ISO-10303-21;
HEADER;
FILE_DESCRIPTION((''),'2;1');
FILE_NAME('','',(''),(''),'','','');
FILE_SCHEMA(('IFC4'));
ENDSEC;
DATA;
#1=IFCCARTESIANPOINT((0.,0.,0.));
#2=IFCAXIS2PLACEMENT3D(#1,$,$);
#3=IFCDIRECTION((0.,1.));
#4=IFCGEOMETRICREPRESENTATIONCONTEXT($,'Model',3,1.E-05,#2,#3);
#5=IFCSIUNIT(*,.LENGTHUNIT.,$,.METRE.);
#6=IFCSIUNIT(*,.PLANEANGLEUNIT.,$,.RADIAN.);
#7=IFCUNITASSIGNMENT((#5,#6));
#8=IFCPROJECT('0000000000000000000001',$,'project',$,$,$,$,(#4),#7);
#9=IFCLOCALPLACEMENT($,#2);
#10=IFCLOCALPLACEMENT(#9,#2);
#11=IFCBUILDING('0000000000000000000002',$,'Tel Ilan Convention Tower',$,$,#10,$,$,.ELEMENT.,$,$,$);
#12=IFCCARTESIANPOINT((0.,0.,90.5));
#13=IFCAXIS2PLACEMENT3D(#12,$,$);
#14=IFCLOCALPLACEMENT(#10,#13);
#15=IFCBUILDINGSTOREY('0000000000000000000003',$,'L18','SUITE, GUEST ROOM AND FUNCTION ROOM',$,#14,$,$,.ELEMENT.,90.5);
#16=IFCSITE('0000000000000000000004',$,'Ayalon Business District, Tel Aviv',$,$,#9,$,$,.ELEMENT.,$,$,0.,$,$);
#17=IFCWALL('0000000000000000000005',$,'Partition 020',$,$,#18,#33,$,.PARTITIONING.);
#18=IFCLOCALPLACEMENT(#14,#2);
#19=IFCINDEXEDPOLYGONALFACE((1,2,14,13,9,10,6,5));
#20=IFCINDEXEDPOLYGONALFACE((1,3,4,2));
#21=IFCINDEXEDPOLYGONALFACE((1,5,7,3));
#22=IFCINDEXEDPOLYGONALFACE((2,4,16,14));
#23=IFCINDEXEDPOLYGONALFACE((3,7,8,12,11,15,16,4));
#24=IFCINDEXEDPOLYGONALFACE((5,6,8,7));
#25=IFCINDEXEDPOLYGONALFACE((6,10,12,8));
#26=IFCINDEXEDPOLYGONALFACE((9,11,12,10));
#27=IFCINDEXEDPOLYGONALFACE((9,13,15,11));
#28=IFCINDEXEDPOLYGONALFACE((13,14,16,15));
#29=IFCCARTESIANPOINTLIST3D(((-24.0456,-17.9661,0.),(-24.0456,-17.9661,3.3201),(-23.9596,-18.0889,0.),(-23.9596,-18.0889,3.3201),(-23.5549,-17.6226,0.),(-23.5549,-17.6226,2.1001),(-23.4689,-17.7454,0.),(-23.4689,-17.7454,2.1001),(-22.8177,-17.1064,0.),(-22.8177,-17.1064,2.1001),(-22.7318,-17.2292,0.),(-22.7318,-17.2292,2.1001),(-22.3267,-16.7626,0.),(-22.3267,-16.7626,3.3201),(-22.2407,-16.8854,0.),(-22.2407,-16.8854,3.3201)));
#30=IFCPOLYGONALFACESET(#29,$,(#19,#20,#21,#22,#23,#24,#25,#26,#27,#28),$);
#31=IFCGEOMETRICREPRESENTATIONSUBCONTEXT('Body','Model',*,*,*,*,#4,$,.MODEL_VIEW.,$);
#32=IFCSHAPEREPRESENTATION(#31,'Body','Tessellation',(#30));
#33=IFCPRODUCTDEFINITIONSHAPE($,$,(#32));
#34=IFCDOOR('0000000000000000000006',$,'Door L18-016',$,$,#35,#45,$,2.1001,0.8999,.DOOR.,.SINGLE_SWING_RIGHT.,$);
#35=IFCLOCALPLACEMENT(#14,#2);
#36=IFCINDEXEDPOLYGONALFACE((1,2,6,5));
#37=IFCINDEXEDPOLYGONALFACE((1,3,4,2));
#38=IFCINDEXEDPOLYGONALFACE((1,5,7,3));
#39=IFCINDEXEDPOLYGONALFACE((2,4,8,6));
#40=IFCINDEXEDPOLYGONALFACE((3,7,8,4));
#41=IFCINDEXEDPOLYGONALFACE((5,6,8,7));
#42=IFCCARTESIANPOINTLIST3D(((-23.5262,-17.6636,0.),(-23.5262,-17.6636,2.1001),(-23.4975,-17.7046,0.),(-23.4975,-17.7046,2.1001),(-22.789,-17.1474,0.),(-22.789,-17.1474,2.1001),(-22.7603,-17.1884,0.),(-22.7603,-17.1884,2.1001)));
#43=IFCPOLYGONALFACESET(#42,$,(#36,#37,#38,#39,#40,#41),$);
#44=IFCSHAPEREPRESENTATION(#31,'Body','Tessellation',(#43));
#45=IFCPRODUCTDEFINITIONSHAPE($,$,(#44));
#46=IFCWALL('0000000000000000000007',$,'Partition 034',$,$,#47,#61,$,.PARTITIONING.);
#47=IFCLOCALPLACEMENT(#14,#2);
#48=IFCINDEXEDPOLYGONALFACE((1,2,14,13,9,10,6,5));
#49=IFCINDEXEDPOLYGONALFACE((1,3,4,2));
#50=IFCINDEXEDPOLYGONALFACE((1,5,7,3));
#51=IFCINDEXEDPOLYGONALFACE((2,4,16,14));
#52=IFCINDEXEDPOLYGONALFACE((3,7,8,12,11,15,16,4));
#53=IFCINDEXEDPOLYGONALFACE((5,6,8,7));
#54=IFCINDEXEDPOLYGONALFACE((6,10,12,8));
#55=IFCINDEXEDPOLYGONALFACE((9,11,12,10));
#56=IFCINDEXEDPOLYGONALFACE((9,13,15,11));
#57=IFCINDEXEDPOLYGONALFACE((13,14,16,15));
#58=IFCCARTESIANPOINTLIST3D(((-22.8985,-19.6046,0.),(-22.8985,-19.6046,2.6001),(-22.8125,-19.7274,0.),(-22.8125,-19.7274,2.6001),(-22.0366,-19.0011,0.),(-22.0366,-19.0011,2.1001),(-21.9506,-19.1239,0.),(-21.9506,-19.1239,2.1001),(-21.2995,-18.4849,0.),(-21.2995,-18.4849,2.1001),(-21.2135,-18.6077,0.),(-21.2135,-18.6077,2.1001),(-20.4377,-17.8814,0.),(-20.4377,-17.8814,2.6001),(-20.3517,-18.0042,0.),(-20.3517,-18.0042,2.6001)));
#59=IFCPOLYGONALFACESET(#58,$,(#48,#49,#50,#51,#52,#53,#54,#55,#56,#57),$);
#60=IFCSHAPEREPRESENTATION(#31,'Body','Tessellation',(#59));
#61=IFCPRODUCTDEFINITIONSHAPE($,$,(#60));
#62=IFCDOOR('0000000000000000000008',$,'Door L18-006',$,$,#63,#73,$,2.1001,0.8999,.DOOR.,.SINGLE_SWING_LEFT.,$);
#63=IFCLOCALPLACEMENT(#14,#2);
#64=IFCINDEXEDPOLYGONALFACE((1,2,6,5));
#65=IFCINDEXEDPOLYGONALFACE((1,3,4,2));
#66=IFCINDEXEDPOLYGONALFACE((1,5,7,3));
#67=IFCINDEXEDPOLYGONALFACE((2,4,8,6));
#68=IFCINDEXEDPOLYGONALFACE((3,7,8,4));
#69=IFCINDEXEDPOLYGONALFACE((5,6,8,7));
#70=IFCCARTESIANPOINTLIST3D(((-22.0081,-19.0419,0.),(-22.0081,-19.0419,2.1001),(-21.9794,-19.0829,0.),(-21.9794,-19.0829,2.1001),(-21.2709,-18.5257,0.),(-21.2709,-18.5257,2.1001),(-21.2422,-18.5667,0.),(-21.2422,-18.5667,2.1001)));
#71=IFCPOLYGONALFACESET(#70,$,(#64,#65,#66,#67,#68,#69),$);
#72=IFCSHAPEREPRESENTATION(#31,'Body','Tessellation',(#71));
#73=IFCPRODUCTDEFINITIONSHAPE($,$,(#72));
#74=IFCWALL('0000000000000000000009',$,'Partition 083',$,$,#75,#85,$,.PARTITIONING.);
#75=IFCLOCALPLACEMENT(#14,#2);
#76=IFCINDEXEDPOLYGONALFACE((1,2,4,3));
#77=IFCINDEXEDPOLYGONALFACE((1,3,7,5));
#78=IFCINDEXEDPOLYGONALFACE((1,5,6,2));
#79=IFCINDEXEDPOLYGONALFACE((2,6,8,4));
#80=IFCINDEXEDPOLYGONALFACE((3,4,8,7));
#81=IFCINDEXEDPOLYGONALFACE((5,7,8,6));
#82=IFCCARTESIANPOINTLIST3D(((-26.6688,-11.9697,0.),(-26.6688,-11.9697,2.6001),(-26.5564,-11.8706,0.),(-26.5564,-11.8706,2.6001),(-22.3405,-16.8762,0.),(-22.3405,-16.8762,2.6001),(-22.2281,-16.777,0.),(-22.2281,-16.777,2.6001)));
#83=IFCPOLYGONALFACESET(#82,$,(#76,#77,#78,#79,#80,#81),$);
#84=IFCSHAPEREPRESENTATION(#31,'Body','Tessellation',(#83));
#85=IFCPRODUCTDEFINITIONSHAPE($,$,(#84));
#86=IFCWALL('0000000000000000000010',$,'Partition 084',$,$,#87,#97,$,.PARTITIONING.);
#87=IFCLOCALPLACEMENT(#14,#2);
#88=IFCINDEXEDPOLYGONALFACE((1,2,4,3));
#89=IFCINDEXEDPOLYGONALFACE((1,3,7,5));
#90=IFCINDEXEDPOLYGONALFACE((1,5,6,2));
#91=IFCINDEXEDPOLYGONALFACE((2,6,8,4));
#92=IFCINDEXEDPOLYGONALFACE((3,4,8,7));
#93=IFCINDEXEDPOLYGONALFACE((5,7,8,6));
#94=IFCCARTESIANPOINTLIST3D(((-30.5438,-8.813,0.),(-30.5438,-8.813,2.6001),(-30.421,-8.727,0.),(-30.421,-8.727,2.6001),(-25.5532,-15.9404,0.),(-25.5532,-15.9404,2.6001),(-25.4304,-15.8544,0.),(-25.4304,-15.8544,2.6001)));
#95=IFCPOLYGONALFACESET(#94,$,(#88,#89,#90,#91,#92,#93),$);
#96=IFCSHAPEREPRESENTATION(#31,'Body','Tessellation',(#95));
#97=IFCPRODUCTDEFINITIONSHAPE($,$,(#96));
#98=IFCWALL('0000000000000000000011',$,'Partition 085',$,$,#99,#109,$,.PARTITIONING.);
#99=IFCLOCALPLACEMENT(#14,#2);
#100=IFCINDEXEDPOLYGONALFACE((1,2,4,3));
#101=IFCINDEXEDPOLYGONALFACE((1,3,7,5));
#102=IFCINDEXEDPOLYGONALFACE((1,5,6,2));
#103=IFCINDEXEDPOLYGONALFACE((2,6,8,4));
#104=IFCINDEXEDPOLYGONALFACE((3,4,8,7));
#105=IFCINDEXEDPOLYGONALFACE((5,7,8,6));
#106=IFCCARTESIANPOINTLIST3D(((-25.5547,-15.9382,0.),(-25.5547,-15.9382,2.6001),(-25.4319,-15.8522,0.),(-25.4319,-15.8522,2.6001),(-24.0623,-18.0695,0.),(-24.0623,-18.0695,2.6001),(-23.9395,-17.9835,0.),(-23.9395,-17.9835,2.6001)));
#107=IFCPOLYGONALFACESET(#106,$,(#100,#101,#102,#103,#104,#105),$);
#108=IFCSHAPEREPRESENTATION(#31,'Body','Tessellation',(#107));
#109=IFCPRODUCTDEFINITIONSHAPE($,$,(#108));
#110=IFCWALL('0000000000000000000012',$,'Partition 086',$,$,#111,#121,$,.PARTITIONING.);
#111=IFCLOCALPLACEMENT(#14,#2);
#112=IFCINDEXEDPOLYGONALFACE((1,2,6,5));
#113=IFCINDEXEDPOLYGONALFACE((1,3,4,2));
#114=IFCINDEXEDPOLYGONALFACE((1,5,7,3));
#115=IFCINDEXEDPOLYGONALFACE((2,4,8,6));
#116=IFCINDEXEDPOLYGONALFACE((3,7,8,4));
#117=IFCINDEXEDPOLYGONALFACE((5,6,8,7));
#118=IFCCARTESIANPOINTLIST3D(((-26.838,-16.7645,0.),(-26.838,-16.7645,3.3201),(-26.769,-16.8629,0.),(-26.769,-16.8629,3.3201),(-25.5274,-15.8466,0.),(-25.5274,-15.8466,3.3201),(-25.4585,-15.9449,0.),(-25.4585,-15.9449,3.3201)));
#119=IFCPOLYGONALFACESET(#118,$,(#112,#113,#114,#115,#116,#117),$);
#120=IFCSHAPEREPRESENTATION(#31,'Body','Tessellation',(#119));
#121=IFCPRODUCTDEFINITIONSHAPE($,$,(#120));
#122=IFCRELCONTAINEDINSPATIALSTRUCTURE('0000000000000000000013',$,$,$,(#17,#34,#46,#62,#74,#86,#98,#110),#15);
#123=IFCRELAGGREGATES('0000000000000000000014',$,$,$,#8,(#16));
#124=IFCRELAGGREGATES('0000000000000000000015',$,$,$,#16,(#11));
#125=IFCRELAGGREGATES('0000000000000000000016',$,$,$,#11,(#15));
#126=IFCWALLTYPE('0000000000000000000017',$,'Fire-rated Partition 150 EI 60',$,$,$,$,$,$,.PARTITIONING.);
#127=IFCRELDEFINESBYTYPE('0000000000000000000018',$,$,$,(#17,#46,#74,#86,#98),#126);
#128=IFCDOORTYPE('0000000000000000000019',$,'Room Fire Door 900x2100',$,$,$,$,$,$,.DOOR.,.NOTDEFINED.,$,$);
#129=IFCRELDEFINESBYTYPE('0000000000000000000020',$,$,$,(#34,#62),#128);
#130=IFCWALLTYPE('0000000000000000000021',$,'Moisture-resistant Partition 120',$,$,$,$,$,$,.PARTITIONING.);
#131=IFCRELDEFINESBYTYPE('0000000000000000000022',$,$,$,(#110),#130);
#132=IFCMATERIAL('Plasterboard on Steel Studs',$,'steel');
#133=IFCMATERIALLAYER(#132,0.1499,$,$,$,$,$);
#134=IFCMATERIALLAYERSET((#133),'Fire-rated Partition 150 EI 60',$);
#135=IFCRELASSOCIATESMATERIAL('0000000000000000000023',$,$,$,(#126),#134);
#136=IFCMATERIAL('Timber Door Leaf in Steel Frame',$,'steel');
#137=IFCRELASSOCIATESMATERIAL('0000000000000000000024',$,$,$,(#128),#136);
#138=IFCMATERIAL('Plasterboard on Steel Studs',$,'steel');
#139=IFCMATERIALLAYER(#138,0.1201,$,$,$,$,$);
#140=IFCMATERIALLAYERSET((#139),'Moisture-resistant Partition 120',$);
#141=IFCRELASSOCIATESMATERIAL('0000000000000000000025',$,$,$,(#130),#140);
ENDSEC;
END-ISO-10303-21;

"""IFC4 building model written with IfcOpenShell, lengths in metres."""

from ifc_helpers import new_model, si_unit, direction, frame, frame_2d, origin, place, context, subcontext, project, spatial, rectangle, extrude, material, layer, layer_set, type_object, element, fill, save


model = new_model("IFC4")

# Units and contexts
model_context = context("Model", 3, precision=1e-05, world=origin(), true_north=direction((0.0, 1.0)))
body_context = subcontext(model_context, "Body", "Model", "MODEL_VIEW")
ifc_project = project(units=[si_unit("LENGTHUNIT", "METRE"), si_unit("PLANEANGLEUNIT", "RADIAN")], contexts=[model_context])

# Site, building, storey
site_placement = place(None, origin())
site = spatial("IfcSite", under=ifc_project, at=site_placement, Name="Ayalon Business District, Tel Aviv", CompositionType="ELEMENT", RefElevation=0.0)
building_placement = place(site_placement, origin())
building = spatial("IfcBuilding", under=site, at=building_placement, Name="Tel Ilan Convention Tower", CompositionType="ELEMENT")
storey_placement = place(building_placement, frame((0.0, 0.0, 90.5)))
storey = spatial("IfcBuildingStorey", under=building, at=storey_placement, Name="L18", Description="SUITE, GUEST ROOM AND FUNCTION ROOM", CompositionType="ELEMENT", Elevation=90.5)

# Walls, openings, doors
ifc_material_1 = material(Name="Plasterboard on Steel Studs", Category="steel")
ifc_layer_1 = layer(ifc_material_1, 0.1499)
ifc_layer_set_1 = layer_set([ifc_layer_1], Name="Fire-rated Partition 150 EI 60")
wall_type_1 = type_object("IfcWallType", Name="Fire-rated Partition 150 EI 60", PredefinedType="PARTITIONING", material=ifc_layer_set_1)
wall_1_placement = place(storey_placement, frame((-24.0027, -18.0276, 0.0), z_axis=(0.0, 0.0, 1.0), x_axis=(0.819161, 0.573564, 0.0)))
wall_1 = element("IfcWall", 1, at=wall_1_placement, inside=storey, type_object=wall_type_1, Name="Partition 020", PredefinedType="PARTITIONING", context=body_context, shape_type="SweptSolid", body=[
    extrude(rectangle(XDim=2.0984, YDim=0.1499, at=frame_2d((1.0493, 0.0))), origin(), (0.0, 0.0, 1.0), 3.3201),
])
opening_1_placement = place(wall_1_placement, frame((0.5991, 0.0, 0.0)))
opening_1 = element("IfcOpeningElement", 2, at=opening_1_placement, cuts=wall_1, PredefinedType="OPENING", context=body_context, shape_type="SweptSolid", body=[
    extrude(rectangle(XDim=0.8999, YDim=2.1001, at=frame_2d((0.45, 1.05))), frame((0.0, 0.085, 0.0), z_axis=(0.0, -1.0, 0.0), x_axis=(1.0, 0.0, 0.0)), (0.0, 0.0, 1.0), 0.1699),
])
ifc_material_2 = material(Name="Timber Door Leaf in Steel Frame", Category="steel")
door_type_1 = type_object("IfcDoorType", Name="Room Fire Door 900x2100", OperationType="NOTDEFINED", PredefinedType="DOOR", material=ifc_material_2)
door_1_placement = place(opening_1_placement, origin())
door_1 = element("IfcDoor", 3, at=door_1_placement, inside=storey, type_object=door_type_1, Name="Door L18-016", OperationType="SINGLE_SWING_RIGHT", OverallHeight=2.1001, OverallWidth=0.8999, PredefinedType="DOOR", context=body_context, shape_type="SweptSolid", body=[
    extrude(rectangle(XDim=0.8999, YDim=2.1001, at=frame_2d((0.45, 1.05))), frame((0.0, 0.0249, 0.0), z_axis=(0.0, -1.0, 0.0), x_axis=(1.0, 0.0, 0.0)), (0.0, 0.0, 1.0), 0.05),
])
fill(opening_1, door_1)
wall_2_placement = place(storey_placement, frame((-20.3948, -17.9429, 0.0), z_axis=(0.0, 0.0, 1.0), x_axis=(-0.819129, -0.57361, 0.0)))
wall_2 = element("IfcWall", 4, at=wall_2_placement, inside=storey, type_object=wall_type_1, Name="Partition 034", PredefinedType="PARTITIONING", context=body_context, shape_type="SweptSolid", body=[
    extrude(rectangle(XDim=3.0042, YDim=0.1499, at=frame_2d((1.502, 0.0))), origin(), (0.0, 0.0, 1.0), 2.6001),
])
opening_2_placement = place(wall_2_placement, frame((1.052, 0.0, 0.0)))
opening_2 = element("IfcOpeningElement", 5, at=opening_2_placement, cuts=wall_2, PredefinedType="OPENING", context=body_context, shape_type="SweptSolid", body=[
    extrude(rectangle(XDim=0.8999, YDim=2.1001, at=frame_2d((0.45, 1.05))), frame((0.0, 0.085, 0.0), z_axis=(0.0, -1.0, 0.0), x_axis=(1.0, 0.0, 0.0)), (0.0, 0.0, 1.0), 0.1699),
])
door_2_placement = place(opening_2_placement, origin())
door_2 = element("IfcDoor", 6, at=door_2_placement, inside=storey, type_object=door_type_1, Name="Door L18-006", OperationType="SINGLE_SWING_LEFT", OverallHeight=2.1001, OverallWidth=0.8999, PredefinedType="DOOR", context=body_context, shape_type="SweptSolid", body=[
    extrude(rectangle(XDim=0.8999, YDim=2.1001, at=frame_2d((0.45, 1.05))), frame((0.0, 0.0249, 0.0), z_axis=(0.0, -1.0, 0.0), x_axis=(1.0, 0.0, 0.0)), (0.0, 0.0, 1.0), 0.05),
])
fill(opening_2, door_2)

# Walls
wall_3_placement = place(storey_placement, frame((-22.2842, -16.8267, 0.0), z_axis=(0.0, 0.0, 1.0), x_axis=(-0.661545, 0.749905, 0.0)))
element("IfcWall", 7, at=wall_3_placement, inside=storey, type_object=wall_type_1, Name="Partition 083", PredefinedType="PARTITIONING", context=body_context, shape_type="SweptSolid", body=[
    extrude(rectangle(XDim=6.5427, YDim=0.1499, at=frame_2d((3.2715, 0.0))), origin(), (0.0, 0.0, 1.0), 2.6001),
])
wall_4_placement = place(storey_placement, frame((-25.4917, -15.8975, 0.0), z_axis=(0.0, 0.0, 1.0), x_axis=(-0.573579, 0.81915, 0.0)))
element("IfcWall", 8, at=wall_4_placement, inside=storey, type_object=wall_type_1, Name="Partition 084", PredefinedType="PARTITIONING", context=body_context, shape_type="SweptSolid", body=[
    extrude(rectangle(XDim=8.7009, YDim=0.1499, at=frame_2d((4.3506, 0.0))), origin(), (0.0, 0.0, 1.0), 2.6001),
])
wall_5_placement = place(storey_placement, frame((-24.001, -18.0264, 0.0), z_axis=(0.0, 0.0, 1.0), x_axis=(-0.573588, 0.819144, 0.0)))
element("IfcWall", 9, at=wall_5_placement, inside=storey, type_object=wall_type_1, Name="Partition 085", PredefinedType="PARTITIONING", context=body_context, shape_type="SweptSolid", body=[
    extrude(rectangle(XDim=2.6018, YDim=0.1499, at=frame_2d((1.3008, 0.0))), origin(), (0.0, 0.0, 1.0), 2.6001),
])
ifc_material_3 = material(Name="Plasterboard on Steel Studs", Category="steel")
ifc_layer_2 = layer(ifc_material_3, 0.1201)
ifc_layer_set_2 = layer_set([ifc_layer_2], Name="Moisture-resistant Partition 120")
wall_type_2 = type_object("IfcWallType", Name="Moisture-resistant Partition 120", PredefinedType="PARTITIONING", material=ifc_layer_set_2)
wall_6_placement = place(storey_placement, frame((-25.4929, -15.8958, 0.0), z_axis=(0.0, 0.0, 1.0), x_axis=(-0.81906, -0.573708, 0.0)))
element("IfcWall", 10, at=wall_6_placement, inside=storey, type_object=wall_type_2, Name="Partition 086", PredefinedType="PARTITIONING", context=body_context, shape_type="SweptSolid", body=[
    extrude(rectangle(XDim=1.6001, YDim=0.1201, at=frame_2d((0.8, 0.0))), origin(), (0.0, 0.0, 1.0), 3.3201),
])

save(model, "model.ifc")
